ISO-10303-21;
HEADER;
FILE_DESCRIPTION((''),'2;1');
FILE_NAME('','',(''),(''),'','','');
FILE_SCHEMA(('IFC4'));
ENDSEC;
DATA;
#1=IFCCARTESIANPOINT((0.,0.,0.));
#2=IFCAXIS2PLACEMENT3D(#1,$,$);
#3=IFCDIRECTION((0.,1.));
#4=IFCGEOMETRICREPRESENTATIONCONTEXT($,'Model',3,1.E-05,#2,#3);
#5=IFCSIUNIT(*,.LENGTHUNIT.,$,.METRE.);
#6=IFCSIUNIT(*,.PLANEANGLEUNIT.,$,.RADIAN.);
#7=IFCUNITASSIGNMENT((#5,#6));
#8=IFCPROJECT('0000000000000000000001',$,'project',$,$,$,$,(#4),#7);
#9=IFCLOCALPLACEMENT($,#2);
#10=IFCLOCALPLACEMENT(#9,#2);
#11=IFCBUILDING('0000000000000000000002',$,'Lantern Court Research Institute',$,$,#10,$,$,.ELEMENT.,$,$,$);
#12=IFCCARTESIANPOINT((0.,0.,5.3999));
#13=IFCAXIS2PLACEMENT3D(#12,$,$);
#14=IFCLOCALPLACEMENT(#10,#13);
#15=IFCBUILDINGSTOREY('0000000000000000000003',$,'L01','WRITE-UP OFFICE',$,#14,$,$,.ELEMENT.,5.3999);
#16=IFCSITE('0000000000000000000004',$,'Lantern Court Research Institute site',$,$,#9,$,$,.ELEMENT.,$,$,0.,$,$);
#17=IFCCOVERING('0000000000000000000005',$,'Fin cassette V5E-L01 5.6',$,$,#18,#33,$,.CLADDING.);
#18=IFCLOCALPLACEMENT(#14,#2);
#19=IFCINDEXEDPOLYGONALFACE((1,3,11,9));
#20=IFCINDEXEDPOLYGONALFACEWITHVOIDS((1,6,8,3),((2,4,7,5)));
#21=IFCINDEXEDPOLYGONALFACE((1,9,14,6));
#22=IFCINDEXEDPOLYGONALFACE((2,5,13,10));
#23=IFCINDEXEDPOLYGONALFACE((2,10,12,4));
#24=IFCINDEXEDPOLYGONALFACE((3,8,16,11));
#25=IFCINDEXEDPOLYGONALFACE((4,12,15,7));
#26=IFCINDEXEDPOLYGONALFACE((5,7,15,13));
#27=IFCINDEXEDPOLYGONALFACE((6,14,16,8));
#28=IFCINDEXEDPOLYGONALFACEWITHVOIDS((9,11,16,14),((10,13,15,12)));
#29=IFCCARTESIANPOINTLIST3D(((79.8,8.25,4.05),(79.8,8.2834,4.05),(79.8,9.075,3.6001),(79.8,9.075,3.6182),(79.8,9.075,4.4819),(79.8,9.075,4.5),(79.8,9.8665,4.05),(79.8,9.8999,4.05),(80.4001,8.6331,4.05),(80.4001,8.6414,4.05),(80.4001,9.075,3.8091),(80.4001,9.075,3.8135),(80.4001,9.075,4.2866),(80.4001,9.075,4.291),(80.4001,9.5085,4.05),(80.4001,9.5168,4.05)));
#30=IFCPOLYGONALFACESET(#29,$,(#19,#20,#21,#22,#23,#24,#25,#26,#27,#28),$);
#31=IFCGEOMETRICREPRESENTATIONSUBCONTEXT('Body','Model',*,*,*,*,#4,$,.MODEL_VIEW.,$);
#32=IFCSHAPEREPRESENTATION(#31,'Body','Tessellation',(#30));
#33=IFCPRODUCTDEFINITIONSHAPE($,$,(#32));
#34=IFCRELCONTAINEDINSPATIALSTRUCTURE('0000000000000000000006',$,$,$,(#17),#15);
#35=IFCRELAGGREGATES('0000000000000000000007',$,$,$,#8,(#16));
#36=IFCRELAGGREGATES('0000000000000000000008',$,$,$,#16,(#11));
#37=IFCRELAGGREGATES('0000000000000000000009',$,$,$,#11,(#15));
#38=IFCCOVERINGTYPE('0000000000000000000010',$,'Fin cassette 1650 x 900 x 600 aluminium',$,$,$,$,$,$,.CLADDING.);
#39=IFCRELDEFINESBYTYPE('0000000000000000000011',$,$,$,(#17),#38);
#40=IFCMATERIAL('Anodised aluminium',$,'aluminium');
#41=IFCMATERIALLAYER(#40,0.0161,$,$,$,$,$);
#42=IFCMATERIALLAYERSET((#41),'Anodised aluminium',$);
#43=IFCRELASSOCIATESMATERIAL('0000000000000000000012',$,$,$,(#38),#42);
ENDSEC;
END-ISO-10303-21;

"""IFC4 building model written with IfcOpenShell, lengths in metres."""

from ifc_helpers import new_model, entity, si_unit, direction, frame, origin, place, context, subcontext, project, spatial, material, layer, layer_set, type_object, element, save


model = new_model("IFC4")

# Units and contexts
model_context = context("Model", 3, precision=1e-05, world=origin(), true_north=direction((0.0, 1.0)))
body_context = subcontext(model_context, "Body", "Model", "MODEL_VIEW")
ifc_project = project(units=[si_unit("LENGTHUNIT", "METRE"), si_unit("PLANEANGLEUNIT", "RADIAN")], contexts=[model_context])

# Site, building, storey
site_placement = place(None, origin())
site = spatial("IfcSite", under=ifc_project, at=site_placement, Name="Lantern Court Research Institute site", CompositionType="ELEMENT", RefElevation=0.0)
building_placement = place(site_placement, origin())
building = spatial("IfcBuilding", under=site, at=building_placement, Name="Lantern Court Research Institute", CompositionType="ELEMENT")
storey_placement = place(building_placement, frame((0.0, 0.0, 5.3999)))
storey = spatial("IfcBuildingStorey", under=building, at=storey_placement, Name="L01", Description="WRITE-UP OFFICE", CompositionType="ELEMENT", Elevation=5.3999)

# Covering
ifc_material_1 = material(Name="Anodised aluminium", Category="aluminium")
ifc_layer_1 = layer(ifc_material_1, 0.0161)
ifc_layer_set_1 = layer_set([ifc_layer_1], Name="Anodised aluminium")
covering_type = type_object("IfcCoveringType", Name="Fin cassette 1650 x 900 x 600 aluminium", PredefinedType="CLADDING", material=ifc_layer_set_1)
covering_1_placement = place(storey_placement, frame((79.8, 9.075, 4.05), z_axis=(1.0, 0.0, 0.0), x_axis=(0.0, 1.0, 0.0)))
cartesian_point_1 = entity("IfcCartesianPoint", [0.825, 0.0])
cartesian_point_2 = entity("IfcCartesianPoint", [0.7915, 0.0])
cartesian_point_3 = entity("IfcCartesianPoint", [0.4419, 0.0])
cartesian_point_4 = entity("IfcCartesianPoint", [0.4336, 0.0])
element("IfcCovering", 1, at=covering_1_placement, inside=storey, type_object=covering_type, Name="Fin cassette V5E-L01 5.6", PredefinedType="CLADDING", context=body_context, shape_type="SweptSolid", body=[
    entity("IfcExtrudedAreaSolidTapered", entity("IfcArbitraryProfileDefWithVoids", "AREA", None, entity("IfcPolyline", [cartesian_point_1, entity("IfcCartesianPoint", [0.0, 0.45]), entity("IfcCartesianPoint", [-0.825, 0.0]), entity("IfcCartesianPoint", [0.0, -0.45]), cartesian_point_1]), [entity("IfcPolyline", [cartesian_point_2, entity("IfcCartesianPoint", [0.0, 0.4319]), entity("IfcCartesianPoint", [-0.7915, 0.0]), entity("IfcCartesianPoint", [0.0, -0.4319]), cartesian_point_2])]), entity("IfcAxis2Placement3D", entity("IfcCartesianPoint", [0.0, 0.0, 0.0])), entity("IfcDirection", [0.0, 0.0, 1.0]), 0.6001, entity("IfcArbitraryProfileDefWithVoids", "AREA", None, entity("IfcPolyline", [cartesian_point_3, entity("IfcCartesianPoint", [0.0, 0.241]), entity("IfcCartesianPoint", [-0.4419, 0.0]), entity("IfcCartesianPoint", [0.0, -0.241]), cartesian_point_3]), [entity("IfcPolyline", [cartesian_point_4, entity("IfcCartesianPoint", [0.0, 0.2366]), entity("IfcCartesianPoint", [-0.4336, 0.0]), entity("IfcCartesianPoint", [0.0, -0.2366]), cartesian_point_4])])),
])

save(model, "model.ifc")
